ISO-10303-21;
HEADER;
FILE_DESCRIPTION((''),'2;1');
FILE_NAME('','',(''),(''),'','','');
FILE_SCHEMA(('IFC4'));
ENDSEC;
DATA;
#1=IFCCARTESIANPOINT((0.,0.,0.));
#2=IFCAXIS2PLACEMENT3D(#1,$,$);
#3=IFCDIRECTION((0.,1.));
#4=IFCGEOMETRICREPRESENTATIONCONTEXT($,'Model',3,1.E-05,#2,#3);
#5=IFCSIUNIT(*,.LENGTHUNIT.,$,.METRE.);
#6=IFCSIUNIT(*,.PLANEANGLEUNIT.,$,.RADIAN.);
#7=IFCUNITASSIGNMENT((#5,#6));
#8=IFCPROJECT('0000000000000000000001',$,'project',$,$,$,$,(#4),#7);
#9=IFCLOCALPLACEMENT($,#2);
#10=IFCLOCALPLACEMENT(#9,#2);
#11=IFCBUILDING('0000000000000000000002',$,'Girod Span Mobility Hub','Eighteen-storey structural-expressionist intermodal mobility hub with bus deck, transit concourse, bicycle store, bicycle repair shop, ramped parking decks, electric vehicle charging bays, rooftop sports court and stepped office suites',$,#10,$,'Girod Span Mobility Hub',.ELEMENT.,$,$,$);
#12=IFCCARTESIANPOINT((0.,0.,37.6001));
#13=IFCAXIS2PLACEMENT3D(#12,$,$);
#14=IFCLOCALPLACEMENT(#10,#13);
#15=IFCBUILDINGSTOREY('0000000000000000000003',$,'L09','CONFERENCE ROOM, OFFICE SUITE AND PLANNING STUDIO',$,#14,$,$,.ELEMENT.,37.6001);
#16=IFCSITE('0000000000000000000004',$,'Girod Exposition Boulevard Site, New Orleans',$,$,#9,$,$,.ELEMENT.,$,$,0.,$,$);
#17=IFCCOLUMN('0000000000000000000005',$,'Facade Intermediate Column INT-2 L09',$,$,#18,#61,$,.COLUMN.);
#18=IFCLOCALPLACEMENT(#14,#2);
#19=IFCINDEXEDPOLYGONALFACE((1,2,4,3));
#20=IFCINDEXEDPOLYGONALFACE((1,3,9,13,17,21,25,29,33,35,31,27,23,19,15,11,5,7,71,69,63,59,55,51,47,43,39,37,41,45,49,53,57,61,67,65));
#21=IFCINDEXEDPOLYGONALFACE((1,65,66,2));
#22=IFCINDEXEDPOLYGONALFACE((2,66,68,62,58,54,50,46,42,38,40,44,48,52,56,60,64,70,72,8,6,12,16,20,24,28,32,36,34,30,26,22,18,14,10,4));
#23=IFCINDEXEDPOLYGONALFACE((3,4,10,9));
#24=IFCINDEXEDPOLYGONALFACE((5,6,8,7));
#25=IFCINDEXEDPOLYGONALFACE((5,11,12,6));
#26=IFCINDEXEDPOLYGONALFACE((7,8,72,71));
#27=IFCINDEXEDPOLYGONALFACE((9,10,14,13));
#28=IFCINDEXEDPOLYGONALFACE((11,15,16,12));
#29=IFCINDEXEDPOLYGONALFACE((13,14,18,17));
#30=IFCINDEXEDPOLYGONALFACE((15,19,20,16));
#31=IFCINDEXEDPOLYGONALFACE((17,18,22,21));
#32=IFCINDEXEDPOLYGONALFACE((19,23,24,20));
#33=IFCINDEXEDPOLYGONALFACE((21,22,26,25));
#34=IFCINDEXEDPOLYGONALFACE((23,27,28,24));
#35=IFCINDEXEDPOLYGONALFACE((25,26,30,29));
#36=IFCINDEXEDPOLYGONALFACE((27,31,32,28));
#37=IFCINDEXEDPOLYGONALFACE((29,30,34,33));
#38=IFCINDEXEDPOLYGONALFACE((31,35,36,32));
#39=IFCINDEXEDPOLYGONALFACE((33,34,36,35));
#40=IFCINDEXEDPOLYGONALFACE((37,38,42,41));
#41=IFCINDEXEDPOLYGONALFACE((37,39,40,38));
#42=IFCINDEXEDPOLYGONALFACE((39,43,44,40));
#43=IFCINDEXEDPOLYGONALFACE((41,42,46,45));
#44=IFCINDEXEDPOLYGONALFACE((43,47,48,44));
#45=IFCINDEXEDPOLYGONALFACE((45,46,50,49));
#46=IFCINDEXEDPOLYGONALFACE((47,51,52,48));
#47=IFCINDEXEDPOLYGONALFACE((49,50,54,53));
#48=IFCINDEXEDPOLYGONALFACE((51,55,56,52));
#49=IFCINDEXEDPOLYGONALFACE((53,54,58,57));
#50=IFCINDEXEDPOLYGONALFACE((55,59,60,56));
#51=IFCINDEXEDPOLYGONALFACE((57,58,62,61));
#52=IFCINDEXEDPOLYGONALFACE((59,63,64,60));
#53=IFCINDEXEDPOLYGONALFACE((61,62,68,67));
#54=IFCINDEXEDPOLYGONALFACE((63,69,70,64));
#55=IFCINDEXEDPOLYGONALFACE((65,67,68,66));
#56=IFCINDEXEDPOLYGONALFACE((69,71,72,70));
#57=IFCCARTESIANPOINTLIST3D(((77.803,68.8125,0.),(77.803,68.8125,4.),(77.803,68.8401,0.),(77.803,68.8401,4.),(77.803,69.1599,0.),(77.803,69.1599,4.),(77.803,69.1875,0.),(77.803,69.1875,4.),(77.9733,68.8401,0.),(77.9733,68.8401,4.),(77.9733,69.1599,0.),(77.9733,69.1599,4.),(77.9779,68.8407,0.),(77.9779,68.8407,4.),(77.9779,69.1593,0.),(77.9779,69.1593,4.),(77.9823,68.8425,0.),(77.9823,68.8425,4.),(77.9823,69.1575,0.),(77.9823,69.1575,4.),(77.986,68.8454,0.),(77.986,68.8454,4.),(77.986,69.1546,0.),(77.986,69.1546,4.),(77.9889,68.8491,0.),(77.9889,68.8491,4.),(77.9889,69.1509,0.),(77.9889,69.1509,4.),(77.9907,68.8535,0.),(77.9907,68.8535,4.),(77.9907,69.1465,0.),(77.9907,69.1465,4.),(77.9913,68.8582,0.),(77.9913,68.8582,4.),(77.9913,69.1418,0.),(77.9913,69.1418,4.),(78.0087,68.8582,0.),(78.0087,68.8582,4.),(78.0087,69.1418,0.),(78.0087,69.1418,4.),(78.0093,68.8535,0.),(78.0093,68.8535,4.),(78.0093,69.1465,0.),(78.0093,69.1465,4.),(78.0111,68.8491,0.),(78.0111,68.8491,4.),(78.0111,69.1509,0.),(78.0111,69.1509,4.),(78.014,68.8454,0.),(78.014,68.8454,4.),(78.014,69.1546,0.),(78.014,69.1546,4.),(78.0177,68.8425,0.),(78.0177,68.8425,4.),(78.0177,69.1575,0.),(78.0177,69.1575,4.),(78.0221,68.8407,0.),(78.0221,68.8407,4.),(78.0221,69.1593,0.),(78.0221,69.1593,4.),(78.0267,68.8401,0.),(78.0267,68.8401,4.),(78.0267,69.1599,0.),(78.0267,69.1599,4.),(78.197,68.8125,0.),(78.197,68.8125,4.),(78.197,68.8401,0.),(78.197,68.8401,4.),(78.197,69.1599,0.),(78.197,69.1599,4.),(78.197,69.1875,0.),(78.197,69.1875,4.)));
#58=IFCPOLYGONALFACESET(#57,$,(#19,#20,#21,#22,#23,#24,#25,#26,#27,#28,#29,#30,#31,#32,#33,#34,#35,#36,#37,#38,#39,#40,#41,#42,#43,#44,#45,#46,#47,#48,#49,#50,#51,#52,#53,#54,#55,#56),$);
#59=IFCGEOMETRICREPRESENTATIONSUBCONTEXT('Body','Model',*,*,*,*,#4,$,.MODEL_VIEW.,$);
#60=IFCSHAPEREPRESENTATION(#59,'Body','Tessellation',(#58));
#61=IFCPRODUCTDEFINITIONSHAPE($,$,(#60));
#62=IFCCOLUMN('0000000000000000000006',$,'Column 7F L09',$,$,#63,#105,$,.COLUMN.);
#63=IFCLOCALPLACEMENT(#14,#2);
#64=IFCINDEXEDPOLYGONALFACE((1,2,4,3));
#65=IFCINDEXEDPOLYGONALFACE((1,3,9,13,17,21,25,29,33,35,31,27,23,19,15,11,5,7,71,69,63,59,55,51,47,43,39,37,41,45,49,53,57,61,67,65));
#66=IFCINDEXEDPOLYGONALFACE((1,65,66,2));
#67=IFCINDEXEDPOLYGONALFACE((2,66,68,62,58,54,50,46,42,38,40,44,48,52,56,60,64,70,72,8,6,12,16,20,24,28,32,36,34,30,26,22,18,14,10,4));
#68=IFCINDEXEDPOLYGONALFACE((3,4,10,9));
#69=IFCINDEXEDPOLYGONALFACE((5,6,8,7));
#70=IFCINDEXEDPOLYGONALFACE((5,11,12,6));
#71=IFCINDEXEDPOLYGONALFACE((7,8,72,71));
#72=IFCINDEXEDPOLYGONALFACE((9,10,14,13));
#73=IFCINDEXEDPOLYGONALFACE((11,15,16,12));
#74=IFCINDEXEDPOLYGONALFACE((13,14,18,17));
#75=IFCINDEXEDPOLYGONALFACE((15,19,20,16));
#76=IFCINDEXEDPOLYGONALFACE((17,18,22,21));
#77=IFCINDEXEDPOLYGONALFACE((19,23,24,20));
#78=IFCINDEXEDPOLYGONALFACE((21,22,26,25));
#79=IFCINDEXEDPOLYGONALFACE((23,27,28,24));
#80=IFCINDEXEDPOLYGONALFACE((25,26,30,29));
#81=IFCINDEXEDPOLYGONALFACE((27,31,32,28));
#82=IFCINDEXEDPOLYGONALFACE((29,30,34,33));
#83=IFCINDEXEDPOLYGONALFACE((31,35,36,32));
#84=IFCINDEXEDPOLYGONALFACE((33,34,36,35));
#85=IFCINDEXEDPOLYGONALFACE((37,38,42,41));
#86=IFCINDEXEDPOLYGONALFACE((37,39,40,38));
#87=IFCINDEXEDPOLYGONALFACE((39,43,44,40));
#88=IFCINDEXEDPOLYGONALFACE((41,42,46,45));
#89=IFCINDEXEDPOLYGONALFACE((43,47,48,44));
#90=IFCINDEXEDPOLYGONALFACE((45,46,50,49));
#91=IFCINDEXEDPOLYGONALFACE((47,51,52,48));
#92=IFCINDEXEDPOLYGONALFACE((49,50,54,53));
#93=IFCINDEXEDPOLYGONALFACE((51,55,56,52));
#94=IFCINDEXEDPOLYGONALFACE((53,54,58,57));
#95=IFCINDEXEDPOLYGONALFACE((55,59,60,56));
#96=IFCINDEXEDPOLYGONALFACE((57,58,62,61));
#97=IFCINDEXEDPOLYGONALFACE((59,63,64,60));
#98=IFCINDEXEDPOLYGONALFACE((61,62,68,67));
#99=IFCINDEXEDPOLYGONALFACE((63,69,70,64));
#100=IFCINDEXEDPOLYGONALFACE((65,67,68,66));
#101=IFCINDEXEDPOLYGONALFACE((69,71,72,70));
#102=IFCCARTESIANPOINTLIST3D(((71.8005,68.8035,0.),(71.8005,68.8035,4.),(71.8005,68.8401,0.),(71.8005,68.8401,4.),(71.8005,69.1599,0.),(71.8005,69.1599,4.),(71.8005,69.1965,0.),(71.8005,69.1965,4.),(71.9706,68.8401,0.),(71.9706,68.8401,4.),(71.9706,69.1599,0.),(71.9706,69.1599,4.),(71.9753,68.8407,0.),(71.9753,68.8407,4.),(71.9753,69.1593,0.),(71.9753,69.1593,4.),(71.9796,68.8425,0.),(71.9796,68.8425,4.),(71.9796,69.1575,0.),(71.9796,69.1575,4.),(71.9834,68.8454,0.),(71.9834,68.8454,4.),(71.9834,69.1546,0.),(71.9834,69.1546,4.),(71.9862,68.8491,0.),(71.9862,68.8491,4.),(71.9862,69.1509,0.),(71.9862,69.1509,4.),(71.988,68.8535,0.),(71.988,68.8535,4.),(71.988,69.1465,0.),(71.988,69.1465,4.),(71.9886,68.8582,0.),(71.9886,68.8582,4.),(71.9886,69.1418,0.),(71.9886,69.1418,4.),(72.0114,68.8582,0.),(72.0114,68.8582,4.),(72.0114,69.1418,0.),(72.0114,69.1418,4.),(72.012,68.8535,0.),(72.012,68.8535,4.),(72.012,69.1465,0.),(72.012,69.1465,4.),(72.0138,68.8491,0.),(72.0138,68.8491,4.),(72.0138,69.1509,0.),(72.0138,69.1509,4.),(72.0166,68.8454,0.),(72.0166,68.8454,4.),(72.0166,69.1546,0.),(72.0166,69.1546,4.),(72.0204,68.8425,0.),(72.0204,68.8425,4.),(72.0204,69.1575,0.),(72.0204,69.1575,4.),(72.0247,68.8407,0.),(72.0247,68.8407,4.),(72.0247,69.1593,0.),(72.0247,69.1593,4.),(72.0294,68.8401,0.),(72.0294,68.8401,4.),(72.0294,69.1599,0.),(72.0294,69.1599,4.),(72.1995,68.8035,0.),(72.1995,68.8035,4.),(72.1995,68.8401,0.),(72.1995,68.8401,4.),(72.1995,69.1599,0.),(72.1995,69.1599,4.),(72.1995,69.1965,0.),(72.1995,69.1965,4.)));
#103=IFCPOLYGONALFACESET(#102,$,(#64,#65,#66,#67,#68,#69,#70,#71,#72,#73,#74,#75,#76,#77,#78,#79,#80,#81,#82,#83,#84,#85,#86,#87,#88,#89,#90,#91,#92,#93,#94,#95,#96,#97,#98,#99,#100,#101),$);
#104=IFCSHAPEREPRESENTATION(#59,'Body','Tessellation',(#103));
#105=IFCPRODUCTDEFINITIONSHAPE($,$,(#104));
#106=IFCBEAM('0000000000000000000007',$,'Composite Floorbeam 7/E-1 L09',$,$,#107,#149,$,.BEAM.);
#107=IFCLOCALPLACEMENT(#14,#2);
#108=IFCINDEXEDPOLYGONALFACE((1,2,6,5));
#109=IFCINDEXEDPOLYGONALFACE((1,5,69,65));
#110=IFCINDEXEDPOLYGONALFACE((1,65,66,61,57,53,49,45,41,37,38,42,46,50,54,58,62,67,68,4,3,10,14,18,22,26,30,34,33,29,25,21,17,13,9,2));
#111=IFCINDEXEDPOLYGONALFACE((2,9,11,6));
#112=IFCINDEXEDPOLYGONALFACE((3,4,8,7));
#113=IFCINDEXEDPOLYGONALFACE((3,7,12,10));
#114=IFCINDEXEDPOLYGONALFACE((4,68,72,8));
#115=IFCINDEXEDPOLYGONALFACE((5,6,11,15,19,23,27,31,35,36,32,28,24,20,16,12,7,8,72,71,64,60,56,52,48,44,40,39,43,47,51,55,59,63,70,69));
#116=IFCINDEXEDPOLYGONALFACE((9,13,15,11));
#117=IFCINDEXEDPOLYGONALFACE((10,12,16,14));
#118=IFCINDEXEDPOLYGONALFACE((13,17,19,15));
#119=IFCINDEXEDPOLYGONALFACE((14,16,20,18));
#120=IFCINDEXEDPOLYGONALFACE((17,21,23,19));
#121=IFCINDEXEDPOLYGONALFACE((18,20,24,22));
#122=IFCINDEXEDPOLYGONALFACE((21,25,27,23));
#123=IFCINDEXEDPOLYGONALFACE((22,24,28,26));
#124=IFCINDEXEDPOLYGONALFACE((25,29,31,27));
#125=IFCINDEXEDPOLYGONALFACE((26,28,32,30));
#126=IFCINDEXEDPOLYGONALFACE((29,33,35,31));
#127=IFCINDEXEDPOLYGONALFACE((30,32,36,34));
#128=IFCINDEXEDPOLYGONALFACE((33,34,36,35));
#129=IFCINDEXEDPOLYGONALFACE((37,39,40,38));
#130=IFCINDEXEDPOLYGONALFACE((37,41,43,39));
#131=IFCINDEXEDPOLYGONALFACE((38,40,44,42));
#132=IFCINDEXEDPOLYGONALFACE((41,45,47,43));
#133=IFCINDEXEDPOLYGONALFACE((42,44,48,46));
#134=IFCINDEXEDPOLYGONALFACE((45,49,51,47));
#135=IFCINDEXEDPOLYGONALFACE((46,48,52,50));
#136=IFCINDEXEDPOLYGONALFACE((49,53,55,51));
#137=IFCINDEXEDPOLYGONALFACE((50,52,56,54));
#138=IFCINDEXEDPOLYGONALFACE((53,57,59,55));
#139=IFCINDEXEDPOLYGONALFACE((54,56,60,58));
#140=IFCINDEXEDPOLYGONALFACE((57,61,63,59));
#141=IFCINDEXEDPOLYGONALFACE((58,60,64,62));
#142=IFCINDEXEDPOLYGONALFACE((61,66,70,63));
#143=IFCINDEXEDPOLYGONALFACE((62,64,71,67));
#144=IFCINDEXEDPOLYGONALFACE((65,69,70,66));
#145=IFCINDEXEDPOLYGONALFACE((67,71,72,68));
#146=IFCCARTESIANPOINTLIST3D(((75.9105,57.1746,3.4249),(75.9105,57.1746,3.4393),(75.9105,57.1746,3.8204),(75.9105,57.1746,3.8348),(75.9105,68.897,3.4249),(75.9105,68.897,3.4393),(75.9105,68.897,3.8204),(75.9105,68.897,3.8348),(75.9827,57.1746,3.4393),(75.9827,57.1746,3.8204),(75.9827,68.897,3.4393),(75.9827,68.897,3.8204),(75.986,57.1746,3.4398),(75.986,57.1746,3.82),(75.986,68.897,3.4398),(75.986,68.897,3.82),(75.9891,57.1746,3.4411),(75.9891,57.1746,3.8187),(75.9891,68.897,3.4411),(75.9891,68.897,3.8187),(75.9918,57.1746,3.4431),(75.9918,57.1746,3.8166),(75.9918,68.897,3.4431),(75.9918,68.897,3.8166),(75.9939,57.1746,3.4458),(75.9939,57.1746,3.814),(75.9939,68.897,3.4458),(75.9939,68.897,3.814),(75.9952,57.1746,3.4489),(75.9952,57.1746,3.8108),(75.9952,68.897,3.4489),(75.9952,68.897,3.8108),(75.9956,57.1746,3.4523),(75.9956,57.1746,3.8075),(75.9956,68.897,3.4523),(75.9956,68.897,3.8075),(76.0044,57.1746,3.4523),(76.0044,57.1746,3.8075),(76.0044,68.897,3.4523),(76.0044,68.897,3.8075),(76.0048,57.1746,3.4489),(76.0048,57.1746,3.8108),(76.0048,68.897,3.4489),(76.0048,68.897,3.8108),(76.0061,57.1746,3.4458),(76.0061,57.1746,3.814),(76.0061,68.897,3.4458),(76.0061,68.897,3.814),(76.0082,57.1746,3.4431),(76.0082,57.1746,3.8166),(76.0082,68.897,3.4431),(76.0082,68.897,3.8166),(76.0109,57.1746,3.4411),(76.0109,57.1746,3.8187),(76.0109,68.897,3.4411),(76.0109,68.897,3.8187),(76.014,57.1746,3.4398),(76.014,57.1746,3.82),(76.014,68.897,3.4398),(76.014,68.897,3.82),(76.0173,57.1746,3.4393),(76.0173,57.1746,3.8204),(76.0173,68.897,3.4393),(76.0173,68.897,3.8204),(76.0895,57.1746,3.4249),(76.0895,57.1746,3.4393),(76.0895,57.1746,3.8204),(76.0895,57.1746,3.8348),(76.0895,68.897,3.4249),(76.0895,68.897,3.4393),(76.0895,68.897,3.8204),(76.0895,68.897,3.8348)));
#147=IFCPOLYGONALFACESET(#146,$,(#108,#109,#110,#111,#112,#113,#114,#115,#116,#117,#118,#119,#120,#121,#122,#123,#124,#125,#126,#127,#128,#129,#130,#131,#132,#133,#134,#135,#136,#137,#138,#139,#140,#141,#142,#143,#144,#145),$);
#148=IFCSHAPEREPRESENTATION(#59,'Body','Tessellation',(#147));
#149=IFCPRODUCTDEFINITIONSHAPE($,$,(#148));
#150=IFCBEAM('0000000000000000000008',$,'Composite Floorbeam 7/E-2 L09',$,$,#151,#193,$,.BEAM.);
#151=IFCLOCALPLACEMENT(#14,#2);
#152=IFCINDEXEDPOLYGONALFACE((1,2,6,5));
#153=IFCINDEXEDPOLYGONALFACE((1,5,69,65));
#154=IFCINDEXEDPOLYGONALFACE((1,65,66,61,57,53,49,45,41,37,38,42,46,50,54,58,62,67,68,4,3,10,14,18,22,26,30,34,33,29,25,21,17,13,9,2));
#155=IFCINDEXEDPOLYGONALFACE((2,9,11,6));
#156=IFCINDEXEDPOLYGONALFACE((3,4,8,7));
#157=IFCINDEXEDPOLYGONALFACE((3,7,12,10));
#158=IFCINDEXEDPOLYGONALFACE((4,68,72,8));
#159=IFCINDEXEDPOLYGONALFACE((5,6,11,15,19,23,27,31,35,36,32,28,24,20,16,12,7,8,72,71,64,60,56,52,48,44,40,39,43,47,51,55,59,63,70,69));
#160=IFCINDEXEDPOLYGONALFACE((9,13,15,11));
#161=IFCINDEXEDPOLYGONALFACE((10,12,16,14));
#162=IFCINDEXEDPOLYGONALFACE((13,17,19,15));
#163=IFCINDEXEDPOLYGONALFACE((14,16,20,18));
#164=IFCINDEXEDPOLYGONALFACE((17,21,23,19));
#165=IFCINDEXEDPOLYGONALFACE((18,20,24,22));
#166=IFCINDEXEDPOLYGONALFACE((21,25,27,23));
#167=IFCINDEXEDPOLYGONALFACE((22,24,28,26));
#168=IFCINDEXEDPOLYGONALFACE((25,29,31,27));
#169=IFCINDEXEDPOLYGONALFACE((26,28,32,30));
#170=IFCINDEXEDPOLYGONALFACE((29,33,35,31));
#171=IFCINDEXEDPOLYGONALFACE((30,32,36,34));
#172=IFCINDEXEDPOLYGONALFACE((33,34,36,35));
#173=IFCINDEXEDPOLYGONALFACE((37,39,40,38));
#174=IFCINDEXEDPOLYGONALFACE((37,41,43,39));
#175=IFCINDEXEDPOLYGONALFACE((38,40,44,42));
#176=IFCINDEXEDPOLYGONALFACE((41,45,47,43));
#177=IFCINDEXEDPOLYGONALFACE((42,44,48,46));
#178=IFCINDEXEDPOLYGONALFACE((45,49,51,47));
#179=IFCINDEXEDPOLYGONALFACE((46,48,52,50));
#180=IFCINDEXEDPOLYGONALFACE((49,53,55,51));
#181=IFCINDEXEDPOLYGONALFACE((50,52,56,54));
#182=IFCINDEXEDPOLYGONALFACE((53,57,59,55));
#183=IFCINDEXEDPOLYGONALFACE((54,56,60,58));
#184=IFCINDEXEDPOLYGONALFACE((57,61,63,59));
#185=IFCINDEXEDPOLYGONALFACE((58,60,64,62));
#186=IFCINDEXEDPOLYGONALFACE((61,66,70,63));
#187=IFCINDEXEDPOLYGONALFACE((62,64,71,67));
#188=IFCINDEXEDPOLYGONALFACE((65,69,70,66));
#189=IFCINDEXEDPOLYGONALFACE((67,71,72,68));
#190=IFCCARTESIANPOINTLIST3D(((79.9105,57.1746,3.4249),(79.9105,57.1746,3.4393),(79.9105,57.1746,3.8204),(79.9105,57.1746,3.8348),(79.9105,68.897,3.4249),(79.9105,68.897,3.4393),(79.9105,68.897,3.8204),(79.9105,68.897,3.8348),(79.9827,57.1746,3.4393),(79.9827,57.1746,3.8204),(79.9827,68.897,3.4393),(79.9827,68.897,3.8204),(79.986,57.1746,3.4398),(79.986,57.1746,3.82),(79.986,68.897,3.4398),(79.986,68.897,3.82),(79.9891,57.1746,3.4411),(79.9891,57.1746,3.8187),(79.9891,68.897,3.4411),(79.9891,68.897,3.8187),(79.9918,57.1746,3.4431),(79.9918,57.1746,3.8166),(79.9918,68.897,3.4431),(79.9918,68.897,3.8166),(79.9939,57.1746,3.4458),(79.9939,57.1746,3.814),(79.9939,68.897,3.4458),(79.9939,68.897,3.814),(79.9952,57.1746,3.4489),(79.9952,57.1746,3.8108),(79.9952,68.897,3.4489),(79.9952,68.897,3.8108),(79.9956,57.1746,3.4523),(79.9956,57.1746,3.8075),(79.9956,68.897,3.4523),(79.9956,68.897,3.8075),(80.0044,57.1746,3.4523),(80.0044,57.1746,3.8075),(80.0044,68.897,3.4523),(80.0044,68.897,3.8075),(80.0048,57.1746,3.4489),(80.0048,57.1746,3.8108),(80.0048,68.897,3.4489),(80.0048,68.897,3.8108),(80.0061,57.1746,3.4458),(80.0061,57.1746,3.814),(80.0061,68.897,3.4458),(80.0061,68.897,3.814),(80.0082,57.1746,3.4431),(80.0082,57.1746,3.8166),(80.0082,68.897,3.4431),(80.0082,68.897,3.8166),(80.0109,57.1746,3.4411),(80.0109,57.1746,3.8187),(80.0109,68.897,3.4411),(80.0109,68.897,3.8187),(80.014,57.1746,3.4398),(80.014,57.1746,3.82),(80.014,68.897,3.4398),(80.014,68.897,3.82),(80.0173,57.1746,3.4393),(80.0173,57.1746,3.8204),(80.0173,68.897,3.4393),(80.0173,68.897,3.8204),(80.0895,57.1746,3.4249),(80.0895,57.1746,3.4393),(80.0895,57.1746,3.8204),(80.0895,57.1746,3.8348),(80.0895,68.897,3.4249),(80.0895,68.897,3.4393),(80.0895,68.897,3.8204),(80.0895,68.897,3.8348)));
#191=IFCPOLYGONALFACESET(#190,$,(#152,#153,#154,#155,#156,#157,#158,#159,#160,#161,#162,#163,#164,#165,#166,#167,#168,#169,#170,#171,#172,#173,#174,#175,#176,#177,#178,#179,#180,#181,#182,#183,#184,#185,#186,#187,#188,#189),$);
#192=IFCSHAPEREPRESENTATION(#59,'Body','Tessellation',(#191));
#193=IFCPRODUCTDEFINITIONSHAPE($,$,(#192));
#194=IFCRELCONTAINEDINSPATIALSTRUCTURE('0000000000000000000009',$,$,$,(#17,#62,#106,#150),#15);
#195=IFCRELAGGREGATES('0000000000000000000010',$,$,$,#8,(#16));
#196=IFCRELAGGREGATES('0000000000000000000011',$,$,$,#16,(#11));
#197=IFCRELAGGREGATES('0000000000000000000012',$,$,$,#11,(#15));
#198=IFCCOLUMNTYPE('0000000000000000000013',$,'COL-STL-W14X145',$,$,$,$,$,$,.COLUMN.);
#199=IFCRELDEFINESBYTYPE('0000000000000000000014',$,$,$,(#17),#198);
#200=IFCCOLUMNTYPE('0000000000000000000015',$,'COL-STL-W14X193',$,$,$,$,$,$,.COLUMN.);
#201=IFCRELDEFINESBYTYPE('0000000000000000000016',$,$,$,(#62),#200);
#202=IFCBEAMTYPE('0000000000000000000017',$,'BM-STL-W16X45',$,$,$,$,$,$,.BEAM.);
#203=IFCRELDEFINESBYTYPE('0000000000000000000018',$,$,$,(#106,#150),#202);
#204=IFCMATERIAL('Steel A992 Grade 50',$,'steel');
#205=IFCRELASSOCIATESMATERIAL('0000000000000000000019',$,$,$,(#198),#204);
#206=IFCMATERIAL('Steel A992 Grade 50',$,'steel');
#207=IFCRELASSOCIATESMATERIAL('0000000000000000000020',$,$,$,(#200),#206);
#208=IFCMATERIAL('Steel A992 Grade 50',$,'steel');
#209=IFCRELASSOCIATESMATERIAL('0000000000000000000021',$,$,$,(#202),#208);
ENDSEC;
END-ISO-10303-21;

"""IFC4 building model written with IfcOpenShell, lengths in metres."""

from ifc_helpers import new_model, si_unit, direction, frame, origin, origin_2d, place, context, subcontext, project, spatial, i_section, extrude, material, material_profile, profile_set, type_object, element, save


model = new_model("IFC4")

# Units and contexts
model_context = context("Model", 3, precision=1e-05, world=origin(), true_north=direction((0.0, 1.0)))
body_context = subcontext(model_context, "Body", "Model", "MODEL_VIEW")
ifc_project = project(units=[si_unit("LENGTHUNIT", "METRE"), si_unit("PLANEANGLEUNIT", "RADIAN")], contexts=[model_context])

# Site, building, storey
site_placement = place(None, origin())
site = spatial("IfcSite", under=ifc_project, at=site_placement, Name="Girod Exposition Boulevard Site, New Orleans", CompositionType="ELEMENT", RefElevation=0.0)
building_placement = place(site_placement, origin())
building = spatial("IfcBuilding", under=site, at=building_placement, Name="Girod Span Mobility Hub", Description="Eighteen-storey structural-expressionist intermodal mobility hub with bus deck, transit concourse, bicycle store, bicycle repair shop, ramped parking decks, electric vehicle charging bays, rooftop sports court and stepped office suites", LongName="Girod Span Mobility Hub", CompositionType="ELEMENT")
storey_placement = place(building_placement, frame((0.0, 0.0, 37.6001)))
storey = spatial("IfcBuildingStorey", under=building, at=storey_placement, Name="L09", Description="CONFERENCE ROOM, OFFICE SUITE AND PLANNING STUDIO", CompositionType="ELEMENT", Elevation=37.6001)

# Columns
ifc_material_1 = material(Name="Steel A992 Grade 50", Category="steel")
ifc_material_profile_1 = material_profile(ifc_material_1, i_section(OverallWidth=0.394, OverallDepth=0.375, WebThickness=0.0173, FlangeThickness=0.0276, FilletRadius=0.0181, at=origin_2d()), Name="W14X145")
ifc_profile_set_1 = profile_set([ifc_material_profile_1], Name="Steel A992 Grade 50")
column_type_1 = type_object("IfcColumnType", Name="COL-STL-W14X145", PredefinedType="COLUMN", material=ifc_profile_set_1)
column_1_placement = place(storey_placement, frame((78.0, 69.0, 0.0), z_axis=(0.0, 0.0, 1.0), x_axis=(1.0, 0.0, 0.0)))
element("IfcColumn", 1, at=column_1_placement, inside=storey, type_object=column_type_1, Name="Facade Intermediate Column INT-2 L09", PredefinedType="COLUMN", context=body_context, shape_type="SweptSolid", body=[
    extrude(i_section(OverallWidth=0.394, OverallDepth=0.375, WebThickness=0.0173, FlangeThickness=0.0276, FilletRadius=0.0181, at=origin_2d()), origin(), (0.0, 0.0, 1.0), 4.0),
])
ifc_material_2 = material(Name="Steel A992 Grade 50", Category="steel")
ifc_material_profile_2 = material_profile(ifc_material_2, i_section(OverallWidth=0.3989, OverallDepth=0.3931, WebThickness=0.0227, FlangeThickness=0.0366, FilletRadius=0.0181, at=origin_2d()), Name="W14X193")
ifc_profile_set_2 = profile_set([ifc_material_profile_2], Name="Steel A992 Grade 50")
column_type_2 = type_object("IfcColumnType", Name="COL-STL-W14X193", PredefinedType="COLUMN", material=ifc_profile_set_2)
column_2_placement = place(storey_placement, frame((72.0, 69.0, 0.0), z_axis=(0.0, 0.0, 1.0), x_axis=(1.0, 0.0, 0.0)))
element("IfcColumn", 2, at=column_2_placement, inside=storey, type_object=column_type_2, Name="Column 7F L09", PredefinedType="COLUMN", context=body_context, shape_type="SweptSolid", body=[
    extrude(i_section(OverallWidth=0.3989, OverallDepth=0.3931, WebThickness=0.0227, FlangeThickness=0.0366, FilletRadius=0.0181, at=origin_2d()), origin(), (0.0, 0.0, 1.0), 4.0),
])

# Beams
ifc_material_3 = material(Name="Steel A992 Grade 50", Category="steel")
ifc_material_profile_3 = material_profile(ifc_material_3, i_section(OverallWidth=0.179, OverallDepth=0.4099, WebThickness=0.0088, FlangeThickness=0.0144, FilletRadius=0.0129, at=origin_2d()), Name="W16X45")
ifc_profile_set_3 = profile_set([ifc_material_profile_3], Name="Steel A992 Grade 50")
beam_type_1 = type_object("IfcBeamType", Name="BM-STL-W16X45", PredefinedType="BEAM", material=ifc_profile_set_3)
for number, where, z_axis, x_axis, name in (
    (3, (76.0, 57.1746, 3.6299), (0.0, 1.0, 0.0), (-1.0, 0.0, 0.0), "Composite Floorbeam 7/E-1 L09"),
    (4, (80.0, 57.1746, 3.6299), (0.0, 1.0, 0.0), (-1.0, 0.0, 0.0), "Composite Floorbeam 7/E-2 L09"),
):
    element("IfcBeam", number, at=place(storey_placement, frame(where, z_axis=z_axis, x_axis=x_axis)), inside=storey, type_object=beam_type_1, Name=name, PredefinedType="BEAM", context=body_context, shape_type="SweptSolid", body=[
        extrude(i_section(OverallWidth=0.179, OverallDepth=0.4099, WebThickness=0.0088, FlangeThickness=0.0144, FilletRadius=0.0129, at=origin_2d()), origin(), (0.0, 0.0, 1.0), 11.7224),
    ])

save(model, "model.ifc")
